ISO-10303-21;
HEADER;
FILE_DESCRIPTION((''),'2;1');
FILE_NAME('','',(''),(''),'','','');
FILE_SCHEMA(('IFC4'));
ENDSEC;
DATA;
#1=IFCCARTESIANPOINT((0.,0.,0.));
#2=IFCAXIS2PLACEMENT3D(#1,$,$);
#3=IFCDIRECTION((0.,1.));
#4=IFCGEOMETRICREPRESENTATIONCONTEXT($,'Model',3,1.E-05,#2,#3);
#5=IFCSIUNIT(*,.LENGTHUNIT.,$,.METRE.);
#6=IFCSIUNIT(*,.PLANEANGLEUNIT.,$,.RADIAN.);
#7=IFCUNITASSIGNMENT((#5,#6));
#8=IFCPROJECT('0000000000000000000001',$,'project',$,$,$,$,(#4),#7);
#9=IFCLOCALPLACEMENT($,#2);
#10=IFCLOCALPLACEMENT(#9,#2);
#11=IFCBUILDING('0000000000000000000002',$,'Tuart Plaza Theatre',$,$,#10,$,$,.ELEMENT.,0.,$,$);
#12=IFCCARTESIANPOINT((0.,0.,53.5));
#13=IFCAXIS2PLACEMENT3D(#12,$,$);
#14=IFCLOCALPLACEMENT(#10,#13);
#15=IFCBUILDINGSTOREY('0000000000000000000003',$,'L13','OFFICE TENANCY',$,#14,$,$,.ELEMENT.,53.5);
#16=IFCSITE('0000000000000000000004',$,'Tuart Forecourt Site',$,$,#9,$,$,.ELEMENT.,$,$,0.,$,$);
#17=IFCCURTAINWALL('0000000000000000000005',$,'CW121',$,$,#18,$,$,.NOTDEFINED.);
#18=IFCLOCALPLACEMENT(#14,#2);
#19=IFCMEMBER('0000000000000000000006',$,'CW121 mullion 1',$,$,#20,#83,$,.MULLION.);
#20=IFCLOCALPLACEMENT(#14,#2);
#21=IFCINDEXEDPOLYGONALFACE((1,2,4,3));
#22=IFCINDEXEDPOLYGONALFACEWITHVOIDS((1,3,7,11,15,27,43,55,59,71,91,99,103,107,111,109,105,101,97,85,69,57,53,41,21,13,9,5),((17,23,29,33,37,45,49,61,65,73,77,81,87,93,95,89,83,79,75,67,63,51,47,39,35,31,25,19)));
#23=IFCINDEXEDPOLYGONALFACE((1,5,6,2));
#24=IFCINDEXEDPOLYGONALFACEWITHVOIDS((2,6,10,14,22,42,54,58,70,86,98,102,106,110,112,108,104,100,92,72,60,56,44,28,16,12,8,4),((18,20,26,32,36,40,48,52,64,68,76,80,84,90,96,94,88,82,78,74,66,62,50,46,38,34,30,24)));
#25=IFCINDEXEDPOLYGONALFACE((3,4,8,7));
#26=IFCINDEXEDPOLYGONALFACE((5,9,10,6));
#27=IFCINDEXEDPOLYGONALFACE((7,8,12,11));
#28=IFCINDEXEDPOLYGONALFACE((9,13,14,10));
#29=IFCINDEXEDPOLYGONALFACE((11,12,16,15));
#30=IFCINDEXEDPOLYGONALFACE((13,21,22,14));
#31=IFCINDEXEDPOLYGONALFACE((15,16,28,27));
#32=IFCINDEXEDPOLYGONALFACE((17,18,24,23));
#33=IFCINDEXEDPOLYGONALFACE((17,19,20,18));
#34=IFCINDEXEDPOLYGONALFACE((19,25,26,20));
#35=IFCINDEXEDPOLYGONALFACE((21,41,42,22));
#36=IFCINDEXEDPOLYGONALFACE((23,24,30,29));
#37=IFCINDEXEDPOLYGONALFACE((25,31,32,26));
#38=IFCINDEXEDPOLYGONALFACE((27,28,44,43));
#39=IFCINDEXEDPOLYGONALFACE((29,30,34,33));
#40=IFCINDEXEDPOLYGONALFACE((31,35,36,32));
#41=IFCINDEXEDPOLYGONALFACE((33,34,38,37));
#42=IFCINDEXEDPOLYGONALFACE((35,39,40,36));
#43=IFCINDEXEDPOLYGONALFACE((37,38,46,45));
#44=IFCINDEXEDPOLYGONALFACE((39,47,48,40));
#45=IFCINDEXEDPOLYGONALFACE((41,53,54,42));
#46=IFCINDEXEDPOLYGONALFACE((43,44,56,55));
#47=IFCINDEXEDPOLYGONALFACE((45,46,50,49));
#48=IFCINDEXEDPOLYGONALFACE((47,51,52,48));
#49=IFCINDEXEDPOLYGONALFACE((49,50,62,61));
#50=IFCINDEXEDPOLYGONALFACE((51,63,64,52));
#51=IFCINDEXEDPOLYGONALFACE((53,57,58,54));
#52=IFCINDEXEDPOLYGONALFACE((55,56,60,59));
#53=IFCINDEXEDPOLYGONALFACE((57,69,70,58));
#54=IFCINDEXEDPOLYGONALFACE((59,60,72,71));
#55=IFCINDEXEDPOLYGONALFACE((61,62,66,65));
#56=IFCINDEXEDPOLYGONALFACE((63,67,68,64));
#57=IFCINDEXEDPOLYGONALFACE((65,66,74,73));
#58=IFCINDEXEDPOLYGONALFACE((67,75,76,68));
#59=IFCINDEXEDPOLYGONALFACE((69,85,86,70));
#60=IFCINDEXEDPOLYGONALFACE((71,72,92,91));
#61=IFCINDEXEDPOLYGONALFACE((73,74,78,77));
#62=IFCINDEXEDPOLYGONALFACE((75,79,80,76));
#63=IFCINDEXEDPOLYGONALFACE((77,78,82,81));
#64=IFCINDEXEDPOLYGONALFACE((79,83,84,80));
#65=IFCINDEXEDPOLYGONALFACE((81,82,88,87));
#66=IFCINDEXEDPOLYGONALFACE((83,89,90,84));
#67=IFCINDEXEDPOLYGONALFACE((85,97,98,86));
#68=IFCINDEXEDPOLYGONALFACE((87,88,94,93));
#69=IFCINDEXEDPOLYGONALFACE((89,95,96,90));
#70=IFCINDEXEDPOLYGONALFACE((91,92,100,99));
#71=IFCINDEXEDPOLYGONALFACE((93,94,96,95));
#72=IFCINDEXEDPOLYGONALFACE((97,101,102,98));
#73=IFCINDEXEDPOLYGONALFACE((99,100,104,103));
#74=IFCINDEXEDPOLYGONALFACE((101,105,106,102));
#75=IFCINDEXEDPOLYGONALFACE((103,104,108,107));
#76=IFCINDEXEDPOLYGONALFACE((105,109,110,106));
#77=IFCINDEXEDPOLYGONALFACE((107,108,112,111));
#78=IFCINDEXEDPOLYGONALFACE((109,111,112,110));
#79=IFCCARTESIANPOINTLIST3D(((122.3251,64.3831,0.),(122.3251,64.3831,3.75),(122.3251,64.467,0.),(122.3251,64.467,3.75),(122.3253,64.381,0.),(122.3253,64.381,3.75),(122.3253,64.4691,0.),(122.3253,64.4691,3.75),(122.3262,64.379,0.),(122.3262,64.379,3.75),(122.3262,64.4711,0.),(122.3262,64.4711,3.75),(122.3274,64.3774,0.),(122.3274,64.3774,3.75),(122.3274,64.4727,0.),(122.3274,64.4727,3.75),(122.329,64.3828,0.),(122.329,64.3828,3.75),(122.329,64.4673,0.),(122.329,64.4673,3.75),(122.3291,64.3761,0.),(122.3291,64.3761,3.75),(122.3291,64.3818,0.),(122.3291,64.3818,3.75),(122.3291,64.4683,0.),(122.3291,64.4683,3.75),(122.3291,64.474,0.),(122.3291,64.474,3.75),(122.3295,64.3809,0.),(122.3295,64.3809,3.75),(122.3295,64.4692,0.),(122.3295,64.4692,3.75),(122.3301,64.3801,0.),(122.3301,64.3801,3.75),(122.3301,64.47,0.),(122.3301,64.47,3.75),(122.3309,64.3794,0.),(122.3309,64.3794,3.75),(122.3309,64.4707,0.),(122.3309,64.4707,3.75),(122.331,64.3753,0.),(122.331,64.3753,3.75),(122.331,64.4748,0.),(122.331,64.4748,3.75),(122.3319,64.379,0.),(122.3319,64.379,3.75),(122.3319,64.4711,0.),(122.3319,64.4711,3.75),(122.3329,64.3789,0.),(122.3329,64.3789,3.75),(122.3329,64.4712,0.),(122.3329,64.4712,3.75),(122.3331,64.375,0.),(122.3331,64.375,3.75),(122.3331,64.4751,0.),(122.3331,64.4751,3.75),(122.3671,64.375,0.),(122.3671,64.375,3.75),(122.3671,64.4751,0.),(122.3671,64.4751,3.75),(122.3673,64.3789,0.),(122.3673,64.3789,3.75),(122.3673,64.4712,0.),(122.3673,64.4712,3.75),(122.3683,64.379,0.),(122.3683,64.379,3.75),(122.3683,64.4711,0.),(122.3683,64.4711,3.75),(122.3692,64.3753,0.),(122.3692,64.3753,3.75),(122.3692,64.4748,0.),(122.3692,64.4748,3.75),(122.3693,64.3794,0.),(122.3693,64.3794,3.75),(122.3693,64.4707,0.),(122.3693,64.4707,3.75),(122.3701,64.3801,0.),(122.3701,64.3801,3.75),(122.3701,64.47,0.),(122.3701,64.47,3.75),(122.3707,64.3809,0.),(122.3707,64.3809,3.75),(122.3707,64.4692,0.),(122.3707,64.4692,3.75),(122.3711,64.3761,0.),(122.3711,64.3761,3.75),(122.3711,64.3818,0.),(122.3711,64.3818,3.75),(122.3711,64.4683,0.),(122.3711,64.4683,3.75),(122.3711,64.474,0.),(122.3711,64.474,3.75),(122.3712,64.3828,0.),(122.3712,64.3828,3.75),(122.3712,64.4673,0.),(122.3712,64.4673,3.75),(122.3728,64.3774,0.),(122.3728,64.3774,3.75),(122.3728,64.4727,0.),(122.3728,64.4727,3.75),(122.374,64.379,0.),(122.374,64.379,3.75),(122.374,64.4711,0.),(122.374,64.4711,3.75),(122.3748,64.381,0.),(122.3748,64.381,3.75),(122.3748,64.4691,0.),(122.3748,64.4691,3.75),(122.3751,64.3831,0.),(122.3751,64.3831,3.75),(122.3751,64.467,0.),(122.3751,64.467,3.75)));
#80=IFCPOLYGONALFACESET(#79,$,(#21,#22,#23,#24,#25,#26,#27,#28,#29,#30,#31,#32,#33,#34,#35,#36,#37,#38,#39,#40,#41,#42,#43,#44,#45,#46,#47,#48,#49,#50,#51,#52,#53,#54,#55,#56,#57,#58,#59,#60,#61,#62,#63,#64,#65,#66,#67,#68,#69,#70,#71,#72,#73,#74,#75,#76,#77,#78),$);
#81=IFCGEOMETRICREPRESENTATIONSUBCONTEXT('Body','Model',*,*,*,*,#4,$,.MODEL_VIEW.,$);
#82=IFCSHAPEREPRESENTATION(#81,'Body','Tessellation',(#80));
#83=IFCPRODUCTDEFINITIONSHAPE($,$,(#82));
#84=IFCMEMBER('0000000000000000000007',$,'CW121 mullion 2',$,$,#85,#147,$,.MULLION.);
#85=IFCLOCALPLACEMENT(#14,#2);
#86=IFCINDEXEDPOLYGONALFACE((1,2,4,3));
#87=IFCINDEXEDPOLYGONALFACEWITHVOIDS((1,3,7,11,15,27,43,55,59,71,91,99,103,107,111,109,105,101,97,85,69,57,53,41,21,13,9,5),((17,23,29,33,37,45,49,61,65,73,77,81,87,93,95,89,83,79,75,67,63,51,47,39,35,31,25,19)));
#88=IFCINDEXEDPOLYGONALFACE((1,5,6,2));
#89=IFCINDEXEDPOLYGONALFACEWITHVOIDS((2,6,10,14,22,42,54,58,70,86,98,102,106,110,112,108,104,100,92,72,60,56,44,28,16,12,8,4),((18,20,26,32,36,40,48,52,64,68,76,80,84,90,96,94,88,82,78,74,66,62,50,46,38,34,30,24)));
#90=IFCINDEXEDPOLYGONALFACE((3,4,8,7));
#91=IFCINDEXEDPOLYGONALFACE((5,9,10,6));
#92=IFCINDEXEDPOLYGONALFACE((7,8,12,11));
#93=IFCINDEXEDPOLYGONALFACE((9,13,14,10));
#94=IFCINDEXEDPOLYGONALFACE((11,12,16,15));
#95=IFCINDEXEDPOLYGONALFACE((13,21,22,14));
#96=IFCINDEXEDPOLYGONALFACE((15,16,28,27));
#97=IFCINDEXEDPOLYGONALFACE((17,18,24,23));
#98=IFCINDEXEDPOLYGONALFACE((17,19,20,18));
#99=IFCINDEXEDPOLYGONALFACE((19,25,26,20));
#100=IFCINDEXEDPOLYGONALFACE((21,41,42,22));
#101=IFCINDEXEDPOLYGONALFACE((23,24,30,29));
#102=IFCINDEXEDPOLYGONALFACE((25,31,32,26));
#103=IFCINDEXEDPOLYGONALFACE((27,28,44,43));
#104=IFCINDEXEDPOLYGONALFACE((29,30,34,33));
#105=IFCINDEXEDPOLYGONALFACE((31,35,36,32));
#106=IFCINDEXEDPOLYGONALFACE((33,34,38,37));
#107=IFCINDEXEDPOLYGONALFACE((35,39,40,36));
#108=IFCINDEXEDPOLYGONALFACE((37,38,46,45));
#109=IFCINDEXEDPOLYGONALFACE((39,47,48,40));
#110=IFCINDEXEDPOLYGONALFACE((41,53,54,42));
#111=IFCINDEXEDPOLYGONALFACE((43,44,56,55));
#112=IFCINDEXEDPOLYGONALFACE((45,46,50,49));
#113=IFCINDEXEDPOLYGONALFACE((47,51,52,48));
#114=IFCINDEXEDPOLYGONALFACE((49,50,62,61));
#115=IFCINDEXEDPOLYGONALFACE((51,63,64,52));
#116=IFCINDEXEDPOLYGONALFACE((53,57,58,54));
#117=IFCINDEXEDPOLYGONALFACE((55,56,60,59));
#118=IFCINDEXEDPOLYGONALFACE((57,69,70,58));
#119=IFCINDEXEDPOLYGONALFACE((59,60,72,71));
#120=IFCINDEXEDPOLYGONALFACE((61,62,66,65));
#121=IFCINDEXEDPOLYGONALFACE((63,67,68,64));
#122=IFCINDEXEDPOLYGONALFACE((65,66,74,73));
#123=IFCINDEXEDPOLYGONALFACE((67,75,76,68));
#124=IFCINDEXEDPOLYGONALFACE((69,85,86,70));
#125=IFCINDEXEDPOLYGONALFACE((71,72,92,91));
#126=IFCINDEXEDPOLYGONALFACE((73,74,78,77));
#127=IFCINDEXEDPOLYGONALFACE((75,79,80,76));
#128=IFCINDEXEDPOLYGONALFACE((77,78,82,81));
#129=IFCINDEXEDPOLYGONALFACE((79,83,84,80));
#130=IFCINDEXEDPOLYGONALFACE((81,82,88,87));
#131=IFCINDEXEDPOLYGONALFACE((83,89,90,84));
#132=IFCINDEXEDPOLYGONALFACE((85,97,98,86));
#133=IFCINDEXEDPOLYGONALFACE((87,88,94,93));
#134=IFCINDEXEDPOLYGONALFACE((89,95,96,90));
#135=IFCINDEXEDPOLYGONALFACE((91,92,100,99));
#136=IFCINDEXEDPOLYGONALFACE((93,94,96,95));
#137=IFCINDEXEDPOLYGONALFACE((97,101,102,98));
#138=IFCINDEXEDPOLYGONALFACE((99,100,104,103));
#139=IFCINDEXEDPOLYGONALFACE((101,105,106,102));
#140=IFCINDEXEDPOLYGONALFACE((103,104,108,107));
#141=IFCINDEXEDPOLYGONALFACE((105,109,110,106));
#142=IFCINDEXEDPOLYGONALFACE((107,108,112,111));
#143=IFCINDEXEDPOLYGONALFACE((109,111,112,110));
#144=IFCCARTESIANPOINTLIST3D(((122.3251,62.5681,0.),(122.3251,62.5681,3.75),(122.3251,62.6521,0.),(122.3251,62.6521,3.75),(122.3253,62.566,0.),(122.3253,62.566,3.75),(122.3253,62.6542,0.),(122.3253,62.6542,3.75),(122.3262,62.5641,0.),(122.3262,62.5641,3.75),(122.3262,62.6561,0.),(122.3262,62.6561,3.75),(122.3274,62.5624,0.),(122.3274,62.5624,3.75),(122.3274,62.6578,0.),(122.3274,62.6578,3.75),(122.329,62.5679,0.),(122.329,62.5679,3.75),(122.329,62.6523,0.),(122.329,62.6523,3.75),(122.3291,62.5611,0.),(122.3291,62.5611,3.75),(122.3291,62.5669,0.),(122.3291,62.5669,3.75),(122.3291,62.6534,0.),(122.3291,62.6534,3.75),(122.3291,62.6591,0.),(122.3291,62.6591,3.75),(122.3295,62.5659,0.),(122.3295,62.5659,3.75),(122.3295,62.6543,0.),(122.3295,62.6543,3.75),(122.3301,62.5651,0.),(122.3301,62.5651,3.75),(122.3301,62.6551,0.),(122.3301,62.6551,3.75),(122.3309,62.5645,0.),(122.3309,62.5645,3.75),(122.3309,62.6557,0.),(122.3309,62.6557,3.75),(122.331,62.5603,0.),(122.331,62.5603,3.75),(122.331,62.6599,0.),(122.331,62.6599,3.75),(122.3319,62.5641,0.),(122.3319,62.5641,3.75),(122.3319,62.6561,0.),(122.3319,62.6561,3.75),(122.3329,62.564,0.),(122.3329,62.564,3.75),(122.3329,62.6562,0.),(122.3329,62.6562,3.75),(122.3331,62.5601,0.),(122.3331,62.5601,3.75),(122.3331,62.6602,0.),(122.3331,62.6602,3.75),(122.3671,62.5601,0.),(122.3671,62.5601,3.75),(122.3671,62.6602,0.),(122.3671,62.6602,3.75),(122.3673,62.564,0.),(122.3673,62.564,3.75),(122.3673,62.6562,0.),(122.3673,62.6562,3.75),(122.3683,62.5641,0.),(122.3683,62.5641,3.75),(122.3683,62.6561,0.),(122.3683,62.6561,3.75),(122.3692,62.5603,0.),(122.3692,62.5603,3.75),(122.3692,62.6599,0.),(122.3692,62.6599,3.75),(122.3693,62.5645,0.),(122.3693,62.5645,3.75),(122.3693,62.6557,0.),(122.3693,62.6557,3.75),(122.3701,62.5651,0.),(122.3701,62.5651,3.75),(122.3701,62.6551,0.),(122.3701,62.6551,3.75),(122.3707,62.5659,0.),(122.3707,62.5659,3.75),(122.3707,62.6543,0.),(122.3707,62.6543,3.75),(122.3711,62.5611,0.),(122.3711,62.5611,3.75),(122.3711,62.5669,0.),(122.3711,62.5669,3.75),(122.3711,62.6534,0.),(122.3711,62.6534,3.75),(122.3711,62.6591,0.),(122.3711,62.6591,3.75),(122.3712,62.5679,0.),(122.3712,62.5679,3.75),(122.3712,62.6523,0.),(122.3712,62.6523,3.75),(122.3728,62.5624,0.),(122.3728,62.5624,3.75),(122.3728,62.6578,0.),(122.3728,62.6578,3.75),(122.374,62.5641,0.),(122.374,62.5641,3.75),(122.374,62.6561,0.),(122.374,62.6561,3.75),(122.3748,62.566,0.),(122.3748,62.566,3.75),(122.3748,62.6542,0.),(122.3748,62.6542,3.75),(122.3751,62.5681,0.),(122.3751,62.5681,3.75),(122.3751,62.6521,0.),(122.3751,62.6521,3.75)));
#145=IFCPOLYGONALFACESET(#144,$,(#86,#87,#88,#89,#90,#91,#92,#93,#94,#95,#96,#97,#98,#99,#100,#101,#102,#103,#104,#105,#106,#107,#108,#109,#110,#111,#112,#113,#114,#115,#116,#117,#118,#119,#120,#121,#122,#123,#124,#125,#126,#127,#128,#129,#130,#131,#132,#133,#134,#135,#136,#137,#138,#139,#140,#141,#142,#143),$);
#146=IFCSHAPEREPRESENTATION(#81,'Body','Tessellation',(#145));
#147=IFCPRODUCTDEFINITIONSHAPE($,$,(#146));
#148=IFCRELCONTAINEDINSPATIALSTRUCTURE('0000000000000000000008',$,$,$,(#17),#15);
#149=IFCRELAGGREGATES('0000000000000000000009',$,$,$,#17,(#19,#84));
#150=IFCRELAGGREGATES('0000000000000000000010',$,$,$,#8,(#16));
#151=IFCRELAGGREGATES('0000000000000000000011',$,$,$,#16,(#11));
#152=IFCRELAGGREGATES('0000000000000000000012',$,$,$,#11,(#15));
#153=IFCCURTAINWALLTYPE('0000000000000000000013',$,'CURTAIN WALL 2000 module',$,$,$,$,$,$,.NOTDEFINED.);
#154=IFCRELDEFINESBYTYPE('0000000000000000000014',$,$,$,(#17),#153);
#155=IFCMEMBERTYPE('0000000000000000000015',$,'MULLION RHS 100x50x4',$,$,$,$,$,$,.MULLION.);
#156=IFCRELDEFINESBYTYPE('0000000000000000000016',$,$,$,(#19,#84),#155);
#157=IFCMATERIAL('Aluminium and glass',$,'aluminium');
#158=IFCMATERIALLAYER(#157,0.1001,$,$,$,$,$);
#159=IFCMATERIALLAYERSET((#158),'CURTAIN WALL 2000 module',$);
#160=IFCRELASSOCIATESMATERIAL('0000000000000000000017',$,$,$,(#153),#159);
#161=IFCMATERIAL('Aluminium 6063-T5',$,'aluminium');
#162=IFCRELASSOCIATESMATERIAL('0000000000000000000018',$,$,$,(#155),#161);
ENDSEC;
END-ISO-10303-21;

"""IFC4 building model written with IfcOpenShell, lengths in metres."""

from ifc_helpers import new_model, si_unit, direction, frame, origin, origin_2d, place, context, subcontext, project, spatial, hollow_rectangle, extrude, material, layer, layer_set, material_profile, profile_set, type_object, element, aggregate, save


model = new_model("IFC4")

# Units and contexts
model_context = context("Model", 3, precision=1e-05, world=origin(), true_north=direction((0.0, 1.0)))
body_context = subcontext(model_context, "Body", "Model", "MODEL_VIEW")
ifc_project = project(units=[si_unit("LENGTHUNIT", "METRE"), si_unit("PLANEANGLEUNIT", "RADIAN")], contexts=[model_context])

# Site, building, storey
site_placement = place(None, origin())
site = spatial("IfcSite", under=ifc_project, at=site_placement, Name="Tuart Forecourt Site", CompositionType="ELEMENT", RefElevation=0.0)
building_placement = place(site_placement, origin())
building = spatial("IfcBuilding", under=site, at=building_placement, Name="Tuart Plaza Theatre", CompositionType="ELEMENT", ElevationOfRefHeight=0.0)
storey_placement = place(building_placement, frame((0.0, 0.0, 53.5)))
storey = spatial("IfcBuildingStorey", under=building, at=storey_placement, Name="L13", Description="OFFICE TENANCY", CompositionType="ELEMENT", Elevation=53.5)

# Curtain wall, members
ifc_material_1 = material(Name="Aluminium and glass", Category="aluminium")
ifc_layer_1 = layer(ifc_material_1, 0.1001)
ifc_layer_set_1 = layer_set([ifc_layer_1], Name="CURTAIN WALL 2000 module")
curtain_wall_type = type_object("IfcCurtainWallType", Name="CURTAIN WALL 2000 module", PredefinedType="NOTDEFINED", material=ifc_layer_set_1)
ifc_material_2 = material(Name="Aluminium 6063-T5", Category="aluminium")
ifc_material_profile_1 = material_profile(ifc_material_2, hollow_rectangle(XDim=0.05, YDim=0.1001, WallThickness=0.0039, InnerFilletRadius=0.0039, OuterFilletRadius=0.0081, at=origin_2d()), Name="RHS 100x50x4")
ifc_profile_set_1 = profile_set([ifc_material_profile_1], Name="Aluminium 6063-T5")
member_type_1 = type_object("IfcMemberType", Name="MULLION RHS 100x50x4", PredefinedType="MULLION", material=ifc_profile_set_1)
curtain_wall_1_placement = place(storey_placement, origin())
curtain_wall_1 = element("IfcCurtainWall", 1, at=curtain_wall_1_placement, inside=storey, type_object=curtain_wall_type, Name="CW121", PredefinedType="NOTDEFINED")
member_1_placement = place(storey_placement, frame((122.3501, 64.425, 0.0), z_axis=(0.0, 0.0, 1.0), x_axis=(1.0, 0.0, 0.0)))
member_1 = element("IfcMember", 2, at=member_1_placement, type_object=member_type_1, Name="CW121 mullion 1", PredefinedType="MULLION", context=body_context, shape_type="SweptSolid", body=[
    extrude(hollow_rectangle(XDim=0.05, YDim=0.1001, WallThickness=0.0039, InnerFilletRadius=0.0039, OuterFilletRadius=0.0081, at=origin_2d()), origin(), (0.0, 0.0, 1.0), 3.75),
])
member_2_placement = place(storey_placement, frame((122.3501, 62.6101, 0.0), z_axis=(0.0, 0.0, 1.0), x_axis=(1.0, 0.0, 0.0)))
member_2 = element("IfcMember", 3, at=member_2_placement, type_object=member_type_1, Name="CW121 mullion 2", PredefinedType="MULLION", context=body_context, shape_type="SweptSolid", body=[
    extrude(hollow_rectangle(XDim=0.05, YDim=0.1001, WallThickness=0.0039, InnerFilletRadius=0.0039, OuterFilletRadius=0.0081, at=origin_2d()), origin(), (0.0, 0.0, 1.0), 3.75),
])

aggregate(curtain_wall_1, [member_1, member_2])

save(model, "model.ifc")
